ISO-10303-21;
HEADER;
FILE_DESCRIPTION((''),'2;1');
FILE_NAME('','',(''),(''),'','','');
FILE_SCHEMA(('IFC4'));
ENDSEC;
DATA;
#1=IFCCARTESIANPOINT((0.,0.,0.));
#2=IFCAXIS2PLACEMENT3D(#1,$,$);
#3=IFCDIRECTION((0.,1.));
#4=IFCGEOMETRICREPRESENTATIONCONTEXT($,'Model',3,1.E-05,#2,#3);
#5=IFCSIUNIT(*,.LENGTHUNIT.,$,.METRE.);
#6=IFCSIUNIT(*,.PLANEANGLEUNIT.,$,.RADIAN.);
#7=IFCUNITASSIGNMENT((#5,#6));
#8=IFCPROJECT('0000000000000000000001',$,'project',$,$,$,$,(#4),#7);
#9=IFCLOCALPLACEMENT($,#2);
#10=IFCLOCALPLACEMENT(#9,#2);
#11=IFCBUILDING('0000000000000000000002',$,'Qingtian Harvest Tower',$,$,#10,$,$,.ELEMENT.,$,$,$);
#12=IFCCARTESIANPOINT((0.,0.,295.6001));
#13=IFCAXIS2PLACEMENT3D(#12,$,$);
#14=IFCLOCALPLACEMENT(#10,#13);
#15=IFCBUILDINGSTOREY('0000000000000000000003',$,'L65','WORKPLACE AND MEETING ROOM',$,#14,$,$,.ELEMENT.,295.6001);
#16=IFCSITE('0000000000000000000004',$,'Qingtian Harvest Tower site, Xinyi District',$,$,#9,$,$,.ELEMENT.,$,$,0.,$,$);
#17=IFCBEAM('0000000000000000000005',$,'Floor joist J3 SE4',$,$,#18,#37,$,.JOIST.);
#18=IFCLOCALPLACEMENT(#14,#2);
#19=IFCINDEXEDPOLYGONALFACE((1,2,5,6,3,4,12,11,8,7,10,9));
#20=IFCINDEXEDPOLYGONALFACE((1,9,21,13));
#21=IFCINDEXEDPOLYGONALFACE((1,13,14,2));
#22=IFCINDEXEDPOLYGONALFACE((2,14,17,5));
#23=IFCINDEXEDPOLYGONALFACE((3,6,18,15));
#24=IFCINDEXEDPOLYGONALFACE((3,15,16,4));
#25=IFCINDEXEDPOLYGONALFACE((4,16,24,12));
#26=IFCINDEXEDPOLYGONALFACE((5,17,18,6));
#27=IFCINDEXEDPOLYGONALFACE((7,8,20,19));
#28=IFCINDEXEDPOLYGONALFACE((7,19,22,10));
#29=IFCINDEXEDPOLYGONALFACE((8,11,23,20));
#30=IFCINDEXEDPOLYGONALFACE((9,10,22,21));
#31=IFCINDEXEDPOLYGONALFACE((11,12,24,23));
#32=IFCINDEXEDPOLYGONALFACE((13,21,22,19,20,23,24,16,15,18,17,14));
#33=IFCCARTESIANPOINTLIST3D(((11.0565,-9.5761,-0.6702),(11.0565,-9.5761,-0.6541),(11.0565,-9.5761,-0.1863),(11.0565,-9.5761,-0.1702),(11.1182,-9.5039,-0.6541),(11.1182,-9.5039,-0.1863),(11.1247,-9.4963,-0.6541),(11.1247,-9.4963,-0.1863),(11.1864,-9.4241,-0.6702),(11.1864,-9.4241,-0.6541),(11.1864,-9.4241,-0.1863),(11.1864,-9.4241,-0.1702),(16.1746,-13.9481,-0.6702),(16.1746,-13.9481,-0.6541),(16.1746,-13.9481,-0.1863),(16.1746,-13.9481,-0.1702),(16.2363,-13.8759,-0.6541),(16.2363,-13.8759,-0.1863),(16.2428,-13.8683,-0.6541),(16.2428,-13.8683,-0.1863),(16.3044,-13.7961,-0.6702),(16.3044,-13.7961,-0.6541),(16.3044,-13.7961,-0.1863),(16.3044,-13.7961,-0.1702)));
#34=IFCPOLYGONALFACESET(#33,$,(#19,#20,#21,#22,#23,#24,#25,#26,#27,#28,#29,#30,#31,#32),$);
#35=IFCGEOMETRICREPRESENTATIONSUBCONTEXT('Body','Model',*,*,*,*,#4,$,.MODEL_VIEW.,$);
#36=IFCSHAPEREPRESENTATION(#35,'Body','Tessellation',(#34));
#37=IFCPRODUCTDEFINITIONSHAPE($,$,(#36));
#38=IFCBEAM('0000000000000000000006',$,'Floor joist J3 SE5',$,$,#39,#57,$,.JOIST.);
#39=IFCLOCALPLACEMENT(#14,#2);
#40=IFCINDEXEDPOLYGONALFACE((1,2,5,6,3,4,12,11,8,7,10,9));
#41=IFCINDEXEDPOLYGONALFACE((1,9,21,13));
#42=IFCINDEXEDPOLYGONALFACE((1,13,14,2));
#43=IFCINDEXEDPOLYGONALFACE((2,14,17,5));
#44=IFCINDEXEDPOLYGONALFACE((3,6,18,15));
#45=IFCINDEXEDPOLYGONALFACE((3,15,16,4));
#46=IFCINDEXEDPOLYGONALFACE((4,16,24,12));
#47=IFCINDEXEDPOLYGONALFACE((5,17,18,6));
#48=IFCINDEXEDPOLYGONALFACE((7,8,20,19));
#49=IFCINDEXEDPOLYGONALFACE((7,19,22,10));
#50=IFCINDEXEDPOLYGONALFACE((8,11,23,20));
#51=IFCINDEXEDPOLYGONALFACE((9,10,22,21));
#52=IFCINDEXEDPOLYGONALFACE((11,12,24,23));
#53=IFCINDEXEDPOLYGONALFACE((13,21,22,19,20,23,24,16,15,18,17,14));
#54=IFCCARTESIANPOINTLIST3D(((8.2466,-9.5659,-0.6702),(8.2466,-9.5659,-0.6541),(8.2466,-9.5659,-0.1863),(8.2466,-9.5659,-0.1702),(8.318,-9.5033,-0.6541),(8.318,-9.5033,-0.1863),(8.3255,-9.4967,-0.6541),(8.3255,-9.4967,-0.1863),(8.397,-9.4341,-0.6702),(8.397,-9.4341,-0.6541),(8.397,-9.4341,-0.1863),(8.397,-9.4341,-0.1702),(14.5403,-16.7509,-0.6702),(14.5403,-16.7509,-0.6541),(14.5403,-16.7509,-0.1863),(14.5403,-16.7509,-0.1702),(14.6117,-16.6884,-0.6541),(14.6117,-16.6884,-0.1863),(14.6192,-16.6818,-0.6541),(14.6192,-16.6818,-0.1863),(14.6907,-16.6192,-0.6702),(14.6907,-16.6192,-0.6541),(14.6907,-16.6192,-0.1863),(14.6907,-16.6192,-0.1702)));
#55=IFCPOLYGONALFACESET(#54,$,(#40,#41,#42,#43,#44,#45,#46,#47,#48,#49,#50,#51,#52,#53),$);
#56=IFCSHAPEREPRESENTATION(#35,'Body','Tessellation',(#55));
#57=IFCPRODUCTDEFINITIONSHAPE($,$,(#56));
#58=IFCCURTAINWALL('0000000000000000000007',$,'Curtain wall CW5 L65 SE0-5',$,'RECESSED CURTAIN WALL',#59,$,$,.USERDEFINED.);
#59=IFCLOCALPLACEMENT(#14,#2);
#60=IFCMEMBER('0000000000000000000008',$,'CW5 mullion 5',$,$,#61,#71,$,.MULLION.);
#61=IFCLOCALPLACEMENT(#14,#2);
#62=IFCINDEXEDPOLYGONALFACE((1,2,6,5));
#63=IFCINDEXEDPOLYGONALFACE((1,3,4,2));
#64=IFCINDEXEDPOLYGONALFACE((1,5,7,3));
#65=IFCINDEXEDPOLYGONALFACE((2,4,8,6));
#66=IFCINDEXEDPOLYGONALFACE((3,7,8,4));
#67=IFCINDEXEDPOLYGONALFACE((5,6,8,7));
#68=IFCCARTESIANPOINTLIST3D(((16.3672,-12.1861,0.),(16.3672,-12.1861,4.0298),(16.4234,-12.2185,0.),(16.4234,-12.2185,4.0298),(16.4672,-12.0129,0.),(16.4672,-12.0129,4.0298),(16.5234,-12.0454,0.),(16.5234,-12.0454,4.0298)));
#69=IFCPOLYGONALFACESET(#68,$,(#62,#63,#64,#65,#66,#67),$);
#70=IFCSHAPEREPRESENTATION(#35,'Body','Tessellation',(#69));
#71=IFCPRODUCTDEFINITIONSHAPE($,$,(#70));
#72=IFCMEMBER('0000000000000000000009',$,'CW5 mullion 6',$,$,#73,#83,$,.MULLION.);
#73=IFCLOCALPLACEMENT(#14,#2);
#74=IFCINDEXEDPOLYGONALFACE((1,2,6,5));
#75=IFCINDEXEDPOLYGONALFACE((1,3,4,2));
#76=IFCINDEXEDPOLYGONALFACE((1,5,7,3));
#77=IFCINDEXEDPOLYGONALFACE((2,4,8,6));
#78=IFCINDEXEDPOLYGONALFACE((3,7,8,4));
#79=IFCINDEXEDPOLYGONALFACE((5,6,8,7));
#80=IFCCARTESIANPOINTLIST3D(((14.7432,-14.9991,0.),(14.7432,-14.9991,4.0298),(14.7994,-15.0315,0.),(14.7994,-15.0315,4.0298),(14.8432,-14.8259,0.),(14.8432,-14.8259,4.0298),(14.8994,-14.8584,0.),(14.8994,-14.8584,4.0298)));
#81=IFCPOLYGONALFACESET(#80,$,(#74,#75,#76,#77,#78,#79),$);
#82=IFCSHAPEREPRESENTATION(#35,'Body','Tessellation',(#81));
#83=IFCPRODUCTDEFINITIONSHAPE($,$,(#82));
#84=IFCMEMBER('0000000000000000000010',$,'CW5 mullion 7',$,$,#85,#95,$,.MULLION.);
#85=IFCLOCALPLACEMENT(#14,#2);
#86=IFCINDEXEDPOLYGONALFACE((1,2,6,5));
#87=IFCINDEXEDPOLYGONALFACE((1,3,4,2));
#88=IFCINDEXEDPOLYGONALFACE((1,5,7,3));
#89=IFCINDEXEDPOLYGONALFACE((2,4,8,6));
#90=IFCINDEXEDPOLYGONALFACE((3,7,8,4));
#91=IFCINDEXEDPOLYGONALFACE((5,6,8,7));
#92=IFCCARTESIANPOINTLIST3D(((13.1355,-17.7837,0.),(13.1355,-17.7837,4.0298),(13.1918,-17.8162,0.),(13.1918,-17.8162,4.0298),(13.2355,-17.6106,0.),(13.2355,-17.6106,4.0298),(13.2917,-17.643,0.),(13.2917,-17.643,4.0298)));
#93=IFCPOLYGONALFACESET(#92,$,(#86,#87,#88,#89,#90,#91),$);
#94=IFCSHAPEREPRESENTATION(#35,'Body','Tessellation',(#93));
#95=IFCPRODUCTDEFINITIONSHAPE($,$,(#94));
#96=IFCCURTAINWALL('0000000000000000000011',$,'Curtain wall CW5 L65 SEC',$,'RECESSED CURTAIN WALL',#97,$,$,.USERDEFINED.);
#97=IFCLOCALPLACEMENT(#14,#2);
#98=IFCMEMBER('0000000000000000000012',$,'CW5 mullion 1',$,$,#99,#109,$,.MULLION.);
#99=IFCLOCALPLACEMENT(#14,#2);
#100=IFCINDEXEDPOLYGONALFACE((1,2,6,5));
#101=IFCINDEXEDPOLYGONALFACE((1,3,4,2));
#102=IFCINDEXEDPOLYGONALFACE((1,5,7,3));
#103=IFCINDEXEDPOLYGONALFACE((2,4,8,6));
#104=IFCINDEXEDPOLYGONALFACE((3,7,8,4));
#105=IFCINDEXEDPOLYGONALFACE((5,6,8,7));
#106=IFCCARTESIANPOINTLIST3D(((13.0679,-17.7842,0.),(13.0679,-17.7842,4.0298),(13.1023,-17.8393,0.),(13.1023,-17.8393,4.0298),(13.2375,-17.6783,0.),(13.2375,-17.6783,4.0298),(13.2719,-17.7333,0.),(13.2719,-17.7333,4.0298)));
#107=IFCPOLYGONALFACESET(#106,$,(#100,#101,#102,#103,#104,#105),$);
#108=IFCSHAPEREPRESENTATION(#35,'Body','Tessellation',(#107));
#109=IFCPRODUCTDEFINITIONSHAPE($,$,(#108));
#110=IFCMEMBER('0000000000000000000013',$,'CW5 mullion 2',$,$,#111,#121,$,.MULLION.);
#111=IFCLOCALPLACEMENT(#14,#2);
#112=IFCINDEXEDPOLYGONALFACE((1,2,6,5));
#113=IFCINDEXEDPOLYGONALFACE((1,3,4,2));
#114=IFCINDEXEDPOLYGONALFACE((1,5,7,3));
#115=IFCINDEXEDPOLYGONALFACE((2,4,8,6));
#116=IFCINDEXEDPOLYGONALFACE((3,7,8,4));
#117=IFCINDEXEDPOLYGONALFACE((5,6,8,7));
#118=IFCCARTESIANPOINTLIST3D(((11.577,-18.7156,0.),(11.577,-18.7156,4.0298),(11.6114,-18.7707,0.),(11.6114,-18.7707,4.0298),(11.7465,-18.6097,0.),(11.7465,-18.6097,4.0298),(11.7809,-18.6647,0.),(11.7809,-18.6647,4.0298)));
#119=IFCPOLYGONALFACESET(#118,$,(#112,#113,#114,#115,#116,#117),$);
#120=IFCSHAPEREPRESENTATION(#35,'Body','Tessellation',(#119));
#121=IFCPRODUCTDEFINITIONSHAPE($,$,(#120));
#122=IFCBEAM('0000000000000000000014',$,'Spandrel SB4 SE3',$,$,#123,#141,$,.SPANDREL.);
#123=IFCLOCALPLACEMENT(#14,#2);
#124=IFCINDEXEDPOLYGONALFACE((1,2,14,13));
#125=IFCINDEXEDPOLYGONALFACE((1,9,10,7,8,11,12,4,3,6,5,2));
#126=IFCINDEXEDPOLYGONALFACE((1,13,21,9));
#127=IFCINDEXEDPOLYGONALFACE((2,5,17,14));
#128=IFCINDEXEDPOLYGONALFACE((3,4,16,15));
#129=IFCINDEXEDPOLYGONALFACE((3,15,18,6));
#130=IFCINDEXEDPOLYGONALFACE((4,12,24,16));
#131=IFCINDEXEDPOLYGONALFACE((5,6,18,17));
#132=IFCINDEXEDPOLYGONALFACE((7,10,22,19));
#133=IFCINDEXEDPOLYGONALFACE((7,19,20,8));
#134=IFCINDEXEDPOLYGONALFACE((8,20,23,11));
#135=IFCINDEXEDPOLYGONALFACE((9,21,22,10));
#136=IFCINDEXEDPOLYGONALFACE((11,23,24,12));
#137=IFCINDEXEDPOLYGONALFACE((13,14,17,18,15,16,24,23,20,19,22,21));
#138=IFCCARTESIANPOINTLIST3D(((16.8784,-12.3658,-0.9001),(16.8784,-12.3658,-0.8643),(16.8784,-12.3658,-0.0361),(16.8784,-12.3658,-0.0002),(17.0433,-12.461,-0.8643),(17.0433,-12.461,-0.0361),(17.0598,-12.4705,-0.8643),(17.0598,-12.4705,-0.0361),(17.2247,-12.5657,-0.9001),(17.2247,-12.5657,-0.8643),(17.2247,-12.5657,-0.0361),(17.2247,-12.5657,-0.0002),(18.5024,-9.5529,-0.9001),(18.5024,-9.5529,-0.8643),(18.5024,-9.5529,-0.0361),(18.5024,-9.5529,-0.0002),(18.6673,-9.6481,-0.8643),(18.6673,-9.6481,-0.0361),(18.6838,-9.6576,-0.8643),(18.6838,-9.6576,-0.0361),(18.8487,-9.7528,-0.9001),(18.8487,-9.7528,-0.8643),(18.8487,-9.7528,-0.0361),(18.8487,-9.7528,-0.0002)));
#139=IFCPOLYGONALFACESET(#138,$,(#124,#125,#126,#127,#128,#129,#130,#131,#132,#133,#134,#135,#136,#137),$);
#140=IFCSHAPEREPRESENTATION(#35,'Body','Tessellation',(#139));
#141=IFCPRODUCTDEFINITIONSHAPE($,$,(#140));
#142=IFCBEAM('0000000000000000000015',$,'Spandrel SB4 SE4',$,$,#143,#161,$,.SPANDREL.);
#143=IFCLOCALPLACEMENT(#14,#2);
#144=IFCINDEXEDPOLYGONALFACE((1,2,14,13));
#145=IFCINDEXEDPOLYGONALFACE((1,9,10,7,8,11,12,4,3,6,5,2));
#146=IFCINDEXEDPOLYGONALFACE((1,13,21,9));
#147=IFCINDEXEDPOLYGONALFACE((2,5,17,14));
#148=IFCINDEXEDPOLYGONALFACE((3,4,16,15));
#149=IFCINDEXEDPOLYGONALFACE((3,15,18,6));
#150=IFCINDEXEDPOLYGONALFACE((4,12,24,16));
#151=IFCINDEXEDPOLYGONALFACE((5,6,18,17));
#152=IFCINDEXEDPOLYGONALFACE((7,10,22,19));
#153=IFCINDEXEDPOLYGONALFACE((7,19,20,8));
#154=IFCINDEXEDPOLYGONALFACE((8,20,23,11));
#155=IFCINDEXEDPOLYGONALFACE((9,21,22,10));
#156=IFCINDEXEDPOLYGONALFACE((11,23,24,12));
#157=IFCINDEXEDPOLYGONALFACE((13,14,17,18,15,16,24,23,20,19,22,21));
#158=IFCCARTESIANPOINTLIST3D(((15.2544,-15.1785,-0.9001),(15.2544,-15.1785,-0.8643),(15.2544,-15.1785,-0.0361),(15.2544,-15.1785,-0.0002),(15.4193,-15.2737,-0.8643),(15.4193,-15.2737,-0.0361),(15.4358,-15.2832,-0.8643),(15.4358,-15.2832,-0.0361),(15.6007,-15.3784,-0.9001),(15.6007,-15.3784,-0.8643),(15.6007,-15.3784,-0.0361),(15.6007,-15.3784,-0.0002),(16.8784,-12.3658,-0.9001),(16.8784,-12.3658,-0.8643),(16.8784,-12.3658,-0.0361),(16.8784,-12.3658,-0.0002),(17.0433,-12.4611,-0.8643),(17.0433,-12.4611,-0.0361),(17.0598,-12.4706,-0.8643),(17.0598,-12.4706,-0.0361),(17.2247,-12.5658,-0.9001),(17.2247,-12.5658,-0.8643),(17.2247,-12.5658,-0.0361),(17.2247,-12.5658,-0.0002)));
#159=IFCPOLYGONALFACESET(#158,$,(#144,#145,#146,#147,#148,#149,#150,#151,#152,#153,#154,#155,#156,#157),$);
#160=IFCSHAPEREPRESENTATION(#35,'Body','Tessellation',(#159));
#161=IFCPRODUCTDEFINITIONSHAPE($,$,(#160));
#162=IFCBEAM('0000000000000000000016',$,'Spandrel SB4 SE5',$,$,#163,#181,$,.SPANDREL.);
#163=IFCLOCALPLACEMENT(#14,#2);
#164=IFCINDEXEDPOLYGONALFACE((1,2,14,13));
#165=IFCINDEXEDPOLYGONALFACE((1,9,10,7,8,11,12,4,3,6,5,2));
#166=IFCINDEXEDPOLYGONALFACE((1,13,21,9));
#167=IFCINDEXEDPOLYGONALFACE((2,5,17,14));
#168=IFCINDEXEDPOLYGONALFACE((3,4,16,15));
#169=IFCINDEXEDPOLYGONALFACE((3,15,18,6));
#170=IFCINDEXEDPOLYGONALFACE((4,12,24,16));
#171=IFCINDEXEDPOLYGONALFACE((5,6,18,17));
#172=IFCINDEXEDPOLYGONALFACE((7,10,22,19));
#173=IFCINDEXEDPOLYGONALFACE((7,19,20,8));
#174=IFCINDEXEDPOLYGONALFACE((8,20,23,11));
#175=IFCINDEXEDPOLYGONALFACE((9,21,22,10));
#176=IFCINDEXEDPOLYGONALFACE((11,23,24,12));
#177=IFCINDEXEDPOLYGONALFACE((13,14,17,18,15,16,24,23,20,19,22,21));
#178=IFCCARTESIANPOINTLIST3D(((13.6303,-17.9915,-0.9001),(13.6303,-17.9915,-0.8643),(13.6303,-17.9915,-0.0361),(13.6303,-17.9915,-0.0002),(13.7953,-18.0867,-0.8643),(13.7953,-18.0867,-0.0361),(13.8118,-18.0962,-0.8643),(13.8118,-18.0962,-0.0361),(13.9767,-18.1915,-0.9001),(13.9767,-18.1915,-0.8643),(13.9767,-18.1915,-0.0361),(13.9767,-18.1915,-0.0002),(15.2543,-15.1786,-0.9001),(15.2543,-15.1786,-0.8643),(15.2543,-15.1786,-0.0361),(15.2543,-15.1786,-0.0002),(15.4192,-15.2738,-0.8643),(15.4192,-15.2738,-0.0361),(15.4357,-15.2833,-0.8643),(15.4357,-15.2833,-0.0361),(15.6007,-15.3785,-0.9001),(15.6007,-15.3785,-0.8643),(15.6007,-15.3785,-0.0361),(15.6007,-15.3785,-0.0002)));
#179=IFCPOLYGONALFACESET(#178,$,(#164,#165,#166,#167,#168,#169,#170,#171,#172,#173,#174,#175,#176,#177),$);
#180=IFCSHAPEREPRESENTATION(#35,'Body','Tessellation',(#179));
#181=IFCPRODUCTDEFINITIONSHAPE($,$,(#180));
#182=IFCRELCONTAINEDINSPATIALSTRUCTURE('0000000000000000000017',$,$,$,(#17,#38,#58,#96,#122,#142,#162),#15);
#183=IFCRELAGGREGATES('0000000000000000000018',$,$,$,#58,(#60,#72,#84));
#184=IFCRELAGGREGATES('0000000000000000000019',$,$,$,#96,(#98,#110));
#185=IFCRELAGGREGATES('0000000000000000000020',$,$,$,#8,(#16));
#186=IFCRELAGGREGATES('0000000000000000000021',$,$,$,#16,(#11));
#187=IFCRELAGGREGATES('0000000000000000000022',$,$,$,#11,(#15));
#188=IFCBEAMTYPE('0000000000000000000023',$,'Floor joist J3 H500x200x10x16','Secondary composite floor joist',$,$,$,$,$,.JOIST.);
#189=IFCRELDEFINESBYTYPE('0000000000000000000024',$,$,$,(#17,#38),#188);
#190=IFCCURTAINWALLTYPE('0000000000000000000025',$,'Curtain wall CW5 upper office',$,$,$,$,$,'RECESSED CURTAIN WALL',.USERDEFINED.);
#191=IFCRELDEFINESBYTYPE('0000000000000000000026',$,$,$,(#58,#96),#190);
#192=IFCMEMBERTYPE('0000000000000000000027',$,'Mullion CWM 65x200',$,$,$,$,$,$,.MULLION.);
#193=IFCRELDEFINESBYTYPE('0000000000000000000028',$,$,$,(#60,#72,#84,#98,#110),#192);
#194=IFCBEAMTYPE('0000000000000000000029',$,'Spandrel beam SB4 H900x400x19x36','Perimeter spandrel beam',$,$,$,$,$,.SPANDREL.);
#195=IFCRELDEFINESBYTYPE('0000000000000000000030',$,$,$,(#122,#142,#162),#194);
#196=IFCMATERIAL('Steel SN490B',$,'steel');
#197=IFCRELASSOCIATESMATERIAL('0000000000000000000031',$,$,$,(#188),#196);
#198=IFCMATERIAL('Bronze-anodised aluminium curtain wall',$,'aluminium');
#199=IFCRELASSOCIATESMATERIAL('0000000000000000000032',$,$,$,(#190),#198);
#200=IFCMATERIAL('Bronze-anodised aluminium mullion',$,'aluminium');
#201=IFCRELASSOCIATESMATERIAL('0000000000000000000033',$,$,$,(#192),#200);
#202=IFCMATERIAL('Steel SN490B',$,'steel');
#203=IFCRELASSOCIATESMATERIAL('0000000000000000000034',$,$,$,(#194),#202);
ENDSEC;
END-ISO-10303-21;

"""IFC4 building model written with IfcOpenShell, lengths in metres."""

from ifc_helpers import new_model, si_unit, direction, frame, origin, origin_2d, place, context, subcontext, project, spatial, rectangle, i_section, extrude, material, material_profile, profile_set, type_object, element, aggregate, save


model = new_model("IFC4")

# Units and contexts
model_context = context("Model", 3, precision=1e-05, world=origin(), true_north=direction((0.0, 1.0)))
body_context = subcontext(model_context, "Body", "Model", "MODEL_VIEW")
ifc_project = project(units=[si_unit("LENGTHUNIT", "METRE"), si_unit("PLANEANGLEUNIT", "RADIAN")], contexts=[model_context])

# Site, building, storey
site_placement = place(None, origin())
site = spatial("IfcSite", under=ifc_project, at=site_placement, Name="Qingtian Harvest Tower site, Xinyi District", CompositionType="ELEMENT", RefElevation=0.0)
building_placement = place(site_placement, origin())
building = spatial("IfcBuilding", under=site, at=building_placement, Name="Qingtian Harvest Tower", CompositionType="ELEMENT")
storey_placement = place(building_placement, frame((0.0, 0.0, 295.6001)))
storey = spatial("IfcBuildingStorey", under=building, at=storey_placement, Name="L65", Description="WORKPLACE AND MEETING ROOM", CompositionType="ELEMENT", Elevation=295.6001)

# Beams
ifc_material_1 = material(Name="Steel SN490B", Category="steel")
ifc_material_profile_1 = material_profile(ifc_material_1, i_section(OverallWidth=0.2, OverallDepth=0.5, WebThickness=0.01, FlangeThickness=0.0161, at=origin_2d()), Name="H500x200x10x16")
ifc_profile_set_1 = profile_set([ifc_material_profile_1], Name="Steel SN490B")
beam_type_1 = type_object("IfcBeamType", Name="Floor joist J3 H500x200x10x16", Description="Secondary composite floor joist", PredefinedType="JOIST", material=ifc_profile_set_1)
beam_1_placement = place(storey_placement, frame((16.2395, -13.8721, -0.4202), z_axis=(-0.760351, 0.649512, 0.0), x_axis=(-0.649512, -0.760351, 0.0)))
element("IfcBeam", 1, at=beam_1_placement, inside=storey, type_object=beam_type_1, Name="Floor joist J3 SE4", PredefinedType="JOIST", context=body_context, shape_type="SweptSolid", body=[
    extrude(i_section(OverallWidth=0.2, OverallDepth=0.5, WebThickness=0.01, FlangeThickness=0.0161, at=origin_2d()), origin(), (0.0, 0.0, 1.0), 6.7312),
])
beam_2_placement = place(storey_placement, frame((14.6155, -16.6851, -0.4202), z_axis=(-0.658906, 0.752225, 0.0), x_axis=(-0.752225, -0.658906, 0.0)))
element("IfcBeam", 2, at=beam_2_placement, inside=storey, type_object=beam_type_1, Name="Floor joist J3 SE5", PredefinedType="JOIST", context=body_context, shape_type="SweptSolid", body=[
    extrude(i_section(OverallWidth=0.2, OverallDepth=0.5, WebThickness=0.01, FlangeThickness=0.0161, at=origin_2d()), origin(), (0.0, 0.0, 1.0), 9.5518),
])

# Curtain walls, members
ifc_material_2 = material(Name="Bronze-anodised aluminium curtain wall", Category="aluminium")
curtain_wall_type = type_object("IfcCurtainWallType", Name="Curtain wall CW5 upper office", ElementType="RECESSED CURTAIN WALL", PredefinedType="USERDEFINED", material=ifc_material_2)
curtain_wall_1_placement = place(storey_placement, origin())
curtain_wall_1 = element("IfcCurtainWall", 3, at=curtain_wall_1_placement, inside=storey, type_object=curtain_wall_type, Name="Curtain wall CW5 L65 SE0-5", ObjectType="RECESSED CURTAIN WALL", PredefinedType="USERDEFINED")
ifc_material_3 = material(Name="Bronze-anodised aluminium mullion", Category="aluminium")
ifc_material_profile_2 = material_profile(ifc_material_3, rectangle(XDim=0.0649, YDim=0.2, at=origin_2d()), Name="AL 65x200")
ifc_profile_set_2 = profile_set([ifc_material_profile_2], Name="Bronze-anodised aluminium mullion")
member_type_1 = type_object("IfcMemberType", Name="Mullion CWM 65x200", PredefinedType="MULLION", material=ifc_profile_set_2)
member_1_placement = place(storey_placement, frame((16.4453, -12.1157, 0.0), z_axis=(0.0, 0.0, 1.0), x_axis=(0.866025, -0.5, 0.0)))
member_1 = element("IfcMember", 4, at=member_1_placement, type_object=member_type_1, Name="CW5 mullion 5", PredefinedType="MULLION", context=body_context, shape_type="SweptSolid", body=[
    extrude(rectangle(XDim=0.0649, YDim=0.2, at=origin_2d()), origin(), (0.0, 0.0, 1.0), 4.0298),
])
member_2_placement = place(storey_placement, frame((14.8213, -14.9287, 0.0), z_axis=(0.0, 0.0, 1.0), x_axis=(0.866025, -0.5, 0.0)))
member_2 = element("IfcMember", 5, at=member_2_placement, type_object=member_type_1, Name="CW5 mullion 6", PredefinedType="MULLION", context=body_context, shape_type="SweptSolid", body=[
    extrude(rectangle(XDim=0.0649, YDim=0.2, at=origin_2d()), origin(), (0.0, 0.0, 1.0), 4.0298),
])
member_3_placement = place(storey_placement, frame((13.2136, -17.7134, 0.0), z_axis=(0.0, 0.0, 1.0), x_axis=(0.866025, -0.5, 0.0)))
member_3 = element("IfcMember", 6, at=member_3_placement, type_object=member_type_1, Name="CW5 mullion 7", PredefinedType="MULLION", context=body_context, shape_type="SweptSolid", body=[
    extrude(rectangle(XDim=0.0649, YDim=0.2, at=origin_2d()), origin(), (0.0, 0.0, 1.0), 4.0298),
])
curtain_wall_2_placement = place(storey_placement, origin())
curtain_wall_2 = element("IfcCurtainWall", 7, at=curtain_wall_2_placement, inside=storey, type_object=curtain_wall_type, Name="Curtain wall CW5 L65 SEC", ObjectType="RECESSED CURTAIN WALL", PredefinedType="USERDEFINED")
member_4_placement = place(storey_placement, frame((13.1699, -17.7588, 0.0), z_axis=(0.0, 0.0, 1.0), x_axis=(0.529919, -0.848048, 0.0)))
member_4 = element("IfcMember", 8, at=member_4_placement, type_object=member_type_1, Name="CW5 mullion 1", PredefinedType="MULLION", context=body_context, shape_type="SweptSolid", body=[
    extrude(rectangle(XDim=0.0649, YDim=0.2, at=origin_2d()), origin(), (0.0, 0.0, 1.0), 4.0298),
])
member_5_placement = place(storey_placement, frame((11.679, -18.6902, 0.0), z_axis=(0.0, 0.0, 1.0), x_axis=(0.529919, -0.848048, 0.0)))
member_5 = element("IfcMember", 9, at=member_5_placement, type_object=member_type_1, Name="CW5 mullion 2", PredefinedType="MULLION", context=body_context, shape_type="SweptSolid", body=[
    extrude(rectangle(XDim=0.0649, YDim=0.2, at=origin_2d()), origin(), (0.0, 0.0, 1.0), 4.0298),
])

# Beams
ifc_material_4 = material(Name="Steel SN490B", Category="steel")
ifc_material_profile_3 = material_profile(ifc_material_4, i_section(OverallWidth=0.3999, OverallDepth=0.8999, WebThickness=0.019, FlangeThickness=0.0359, at=origin_2d()), Name="H900x400x19x36")
ifc_profile_set_3 = profile_set([ifc_material_profile_3], Name="Steel SN490B")
beam_type_2 = type_object("IfcBeamType", Name="Spandrel beam SB4 H900x400x19x36", Description="Perimeter spandrel beam", PredefinedType="SPANDREL", material=ifc_profile_set_3)
beam_3_placement = place(storey_placement, frame((18.6755, -9.6528, -0.4502), z_axis=(-0.499987, -0.866033, 0.0), x_axis=(0.866033, -0.499987, 0.0)))
element("IfcBeam", 10, at=beam_3_placement, inside=storey, type_object=beam_type_2, Name="Spandrel SB4 SE3", PredefinedType="SPANDREL", context=body_context, shape_type="SweptSolid", body=[
    extrude(i_section(OverallWidth=0.3999, OverallDepth=0.8999, WebThickness=0.019, FlangeThickness=0.0359, at=origin_2d()), origin(), (0.0, 0.0, 1.0), 3.248),
])
beam_4_placement = place(storey_placement, frame((17.0515, -12.4658, -0.4502), z_axis=(-0.50002, -0.866014, 0.0), x_axis=(0.866014, -0.50002, 0.0)))
element("IfcBeam", 11, at=beam_4_placement, inside=storey, type_object=beam_type_2, Name="Spandrel SB4 SE4", PredefinedType="SPANDREL", context=body_context, shape_type="SweptSolid", body=[
    extrude(i_section(OverallWidth=0.3999, OverallDepth=0.8999, WebThickness=0.019, FlangeThickness=0.0359, at=origin_2d()), origin(), (0.0, 0.0, 1.0), 3.2478),
])
beam_5_placement = place(storey_placement, frame((15.4275, -15.2786, -0.4502), z_axis=(-0.499987, -0.866033, 0.0), x_axis=(0.866033, -0.499987, 0.0)))
element("IfcBeam", 12, at=beam_5_placement, inside=storey, type_object=beam_type_2, Name="Spandrel SB4 SE5", PredefinedType="SPANDREL", context=body_context, shape_type="SweptSolid", body=[
    extrude(i_section(OverallWidth=0.3999, OverallDepth=0.8999, WebThickness=0.019, FlangeThickness=0.0359, at=origin_2d()), origin(), (0.0, 0.0, 1.0), 3.248),
])

aggregate(curtain_wall_1, [member_1, member_2, member_3])
aggregate(curtain_wall_2, [member_4, member_5])

save(model, "model.ifc")
